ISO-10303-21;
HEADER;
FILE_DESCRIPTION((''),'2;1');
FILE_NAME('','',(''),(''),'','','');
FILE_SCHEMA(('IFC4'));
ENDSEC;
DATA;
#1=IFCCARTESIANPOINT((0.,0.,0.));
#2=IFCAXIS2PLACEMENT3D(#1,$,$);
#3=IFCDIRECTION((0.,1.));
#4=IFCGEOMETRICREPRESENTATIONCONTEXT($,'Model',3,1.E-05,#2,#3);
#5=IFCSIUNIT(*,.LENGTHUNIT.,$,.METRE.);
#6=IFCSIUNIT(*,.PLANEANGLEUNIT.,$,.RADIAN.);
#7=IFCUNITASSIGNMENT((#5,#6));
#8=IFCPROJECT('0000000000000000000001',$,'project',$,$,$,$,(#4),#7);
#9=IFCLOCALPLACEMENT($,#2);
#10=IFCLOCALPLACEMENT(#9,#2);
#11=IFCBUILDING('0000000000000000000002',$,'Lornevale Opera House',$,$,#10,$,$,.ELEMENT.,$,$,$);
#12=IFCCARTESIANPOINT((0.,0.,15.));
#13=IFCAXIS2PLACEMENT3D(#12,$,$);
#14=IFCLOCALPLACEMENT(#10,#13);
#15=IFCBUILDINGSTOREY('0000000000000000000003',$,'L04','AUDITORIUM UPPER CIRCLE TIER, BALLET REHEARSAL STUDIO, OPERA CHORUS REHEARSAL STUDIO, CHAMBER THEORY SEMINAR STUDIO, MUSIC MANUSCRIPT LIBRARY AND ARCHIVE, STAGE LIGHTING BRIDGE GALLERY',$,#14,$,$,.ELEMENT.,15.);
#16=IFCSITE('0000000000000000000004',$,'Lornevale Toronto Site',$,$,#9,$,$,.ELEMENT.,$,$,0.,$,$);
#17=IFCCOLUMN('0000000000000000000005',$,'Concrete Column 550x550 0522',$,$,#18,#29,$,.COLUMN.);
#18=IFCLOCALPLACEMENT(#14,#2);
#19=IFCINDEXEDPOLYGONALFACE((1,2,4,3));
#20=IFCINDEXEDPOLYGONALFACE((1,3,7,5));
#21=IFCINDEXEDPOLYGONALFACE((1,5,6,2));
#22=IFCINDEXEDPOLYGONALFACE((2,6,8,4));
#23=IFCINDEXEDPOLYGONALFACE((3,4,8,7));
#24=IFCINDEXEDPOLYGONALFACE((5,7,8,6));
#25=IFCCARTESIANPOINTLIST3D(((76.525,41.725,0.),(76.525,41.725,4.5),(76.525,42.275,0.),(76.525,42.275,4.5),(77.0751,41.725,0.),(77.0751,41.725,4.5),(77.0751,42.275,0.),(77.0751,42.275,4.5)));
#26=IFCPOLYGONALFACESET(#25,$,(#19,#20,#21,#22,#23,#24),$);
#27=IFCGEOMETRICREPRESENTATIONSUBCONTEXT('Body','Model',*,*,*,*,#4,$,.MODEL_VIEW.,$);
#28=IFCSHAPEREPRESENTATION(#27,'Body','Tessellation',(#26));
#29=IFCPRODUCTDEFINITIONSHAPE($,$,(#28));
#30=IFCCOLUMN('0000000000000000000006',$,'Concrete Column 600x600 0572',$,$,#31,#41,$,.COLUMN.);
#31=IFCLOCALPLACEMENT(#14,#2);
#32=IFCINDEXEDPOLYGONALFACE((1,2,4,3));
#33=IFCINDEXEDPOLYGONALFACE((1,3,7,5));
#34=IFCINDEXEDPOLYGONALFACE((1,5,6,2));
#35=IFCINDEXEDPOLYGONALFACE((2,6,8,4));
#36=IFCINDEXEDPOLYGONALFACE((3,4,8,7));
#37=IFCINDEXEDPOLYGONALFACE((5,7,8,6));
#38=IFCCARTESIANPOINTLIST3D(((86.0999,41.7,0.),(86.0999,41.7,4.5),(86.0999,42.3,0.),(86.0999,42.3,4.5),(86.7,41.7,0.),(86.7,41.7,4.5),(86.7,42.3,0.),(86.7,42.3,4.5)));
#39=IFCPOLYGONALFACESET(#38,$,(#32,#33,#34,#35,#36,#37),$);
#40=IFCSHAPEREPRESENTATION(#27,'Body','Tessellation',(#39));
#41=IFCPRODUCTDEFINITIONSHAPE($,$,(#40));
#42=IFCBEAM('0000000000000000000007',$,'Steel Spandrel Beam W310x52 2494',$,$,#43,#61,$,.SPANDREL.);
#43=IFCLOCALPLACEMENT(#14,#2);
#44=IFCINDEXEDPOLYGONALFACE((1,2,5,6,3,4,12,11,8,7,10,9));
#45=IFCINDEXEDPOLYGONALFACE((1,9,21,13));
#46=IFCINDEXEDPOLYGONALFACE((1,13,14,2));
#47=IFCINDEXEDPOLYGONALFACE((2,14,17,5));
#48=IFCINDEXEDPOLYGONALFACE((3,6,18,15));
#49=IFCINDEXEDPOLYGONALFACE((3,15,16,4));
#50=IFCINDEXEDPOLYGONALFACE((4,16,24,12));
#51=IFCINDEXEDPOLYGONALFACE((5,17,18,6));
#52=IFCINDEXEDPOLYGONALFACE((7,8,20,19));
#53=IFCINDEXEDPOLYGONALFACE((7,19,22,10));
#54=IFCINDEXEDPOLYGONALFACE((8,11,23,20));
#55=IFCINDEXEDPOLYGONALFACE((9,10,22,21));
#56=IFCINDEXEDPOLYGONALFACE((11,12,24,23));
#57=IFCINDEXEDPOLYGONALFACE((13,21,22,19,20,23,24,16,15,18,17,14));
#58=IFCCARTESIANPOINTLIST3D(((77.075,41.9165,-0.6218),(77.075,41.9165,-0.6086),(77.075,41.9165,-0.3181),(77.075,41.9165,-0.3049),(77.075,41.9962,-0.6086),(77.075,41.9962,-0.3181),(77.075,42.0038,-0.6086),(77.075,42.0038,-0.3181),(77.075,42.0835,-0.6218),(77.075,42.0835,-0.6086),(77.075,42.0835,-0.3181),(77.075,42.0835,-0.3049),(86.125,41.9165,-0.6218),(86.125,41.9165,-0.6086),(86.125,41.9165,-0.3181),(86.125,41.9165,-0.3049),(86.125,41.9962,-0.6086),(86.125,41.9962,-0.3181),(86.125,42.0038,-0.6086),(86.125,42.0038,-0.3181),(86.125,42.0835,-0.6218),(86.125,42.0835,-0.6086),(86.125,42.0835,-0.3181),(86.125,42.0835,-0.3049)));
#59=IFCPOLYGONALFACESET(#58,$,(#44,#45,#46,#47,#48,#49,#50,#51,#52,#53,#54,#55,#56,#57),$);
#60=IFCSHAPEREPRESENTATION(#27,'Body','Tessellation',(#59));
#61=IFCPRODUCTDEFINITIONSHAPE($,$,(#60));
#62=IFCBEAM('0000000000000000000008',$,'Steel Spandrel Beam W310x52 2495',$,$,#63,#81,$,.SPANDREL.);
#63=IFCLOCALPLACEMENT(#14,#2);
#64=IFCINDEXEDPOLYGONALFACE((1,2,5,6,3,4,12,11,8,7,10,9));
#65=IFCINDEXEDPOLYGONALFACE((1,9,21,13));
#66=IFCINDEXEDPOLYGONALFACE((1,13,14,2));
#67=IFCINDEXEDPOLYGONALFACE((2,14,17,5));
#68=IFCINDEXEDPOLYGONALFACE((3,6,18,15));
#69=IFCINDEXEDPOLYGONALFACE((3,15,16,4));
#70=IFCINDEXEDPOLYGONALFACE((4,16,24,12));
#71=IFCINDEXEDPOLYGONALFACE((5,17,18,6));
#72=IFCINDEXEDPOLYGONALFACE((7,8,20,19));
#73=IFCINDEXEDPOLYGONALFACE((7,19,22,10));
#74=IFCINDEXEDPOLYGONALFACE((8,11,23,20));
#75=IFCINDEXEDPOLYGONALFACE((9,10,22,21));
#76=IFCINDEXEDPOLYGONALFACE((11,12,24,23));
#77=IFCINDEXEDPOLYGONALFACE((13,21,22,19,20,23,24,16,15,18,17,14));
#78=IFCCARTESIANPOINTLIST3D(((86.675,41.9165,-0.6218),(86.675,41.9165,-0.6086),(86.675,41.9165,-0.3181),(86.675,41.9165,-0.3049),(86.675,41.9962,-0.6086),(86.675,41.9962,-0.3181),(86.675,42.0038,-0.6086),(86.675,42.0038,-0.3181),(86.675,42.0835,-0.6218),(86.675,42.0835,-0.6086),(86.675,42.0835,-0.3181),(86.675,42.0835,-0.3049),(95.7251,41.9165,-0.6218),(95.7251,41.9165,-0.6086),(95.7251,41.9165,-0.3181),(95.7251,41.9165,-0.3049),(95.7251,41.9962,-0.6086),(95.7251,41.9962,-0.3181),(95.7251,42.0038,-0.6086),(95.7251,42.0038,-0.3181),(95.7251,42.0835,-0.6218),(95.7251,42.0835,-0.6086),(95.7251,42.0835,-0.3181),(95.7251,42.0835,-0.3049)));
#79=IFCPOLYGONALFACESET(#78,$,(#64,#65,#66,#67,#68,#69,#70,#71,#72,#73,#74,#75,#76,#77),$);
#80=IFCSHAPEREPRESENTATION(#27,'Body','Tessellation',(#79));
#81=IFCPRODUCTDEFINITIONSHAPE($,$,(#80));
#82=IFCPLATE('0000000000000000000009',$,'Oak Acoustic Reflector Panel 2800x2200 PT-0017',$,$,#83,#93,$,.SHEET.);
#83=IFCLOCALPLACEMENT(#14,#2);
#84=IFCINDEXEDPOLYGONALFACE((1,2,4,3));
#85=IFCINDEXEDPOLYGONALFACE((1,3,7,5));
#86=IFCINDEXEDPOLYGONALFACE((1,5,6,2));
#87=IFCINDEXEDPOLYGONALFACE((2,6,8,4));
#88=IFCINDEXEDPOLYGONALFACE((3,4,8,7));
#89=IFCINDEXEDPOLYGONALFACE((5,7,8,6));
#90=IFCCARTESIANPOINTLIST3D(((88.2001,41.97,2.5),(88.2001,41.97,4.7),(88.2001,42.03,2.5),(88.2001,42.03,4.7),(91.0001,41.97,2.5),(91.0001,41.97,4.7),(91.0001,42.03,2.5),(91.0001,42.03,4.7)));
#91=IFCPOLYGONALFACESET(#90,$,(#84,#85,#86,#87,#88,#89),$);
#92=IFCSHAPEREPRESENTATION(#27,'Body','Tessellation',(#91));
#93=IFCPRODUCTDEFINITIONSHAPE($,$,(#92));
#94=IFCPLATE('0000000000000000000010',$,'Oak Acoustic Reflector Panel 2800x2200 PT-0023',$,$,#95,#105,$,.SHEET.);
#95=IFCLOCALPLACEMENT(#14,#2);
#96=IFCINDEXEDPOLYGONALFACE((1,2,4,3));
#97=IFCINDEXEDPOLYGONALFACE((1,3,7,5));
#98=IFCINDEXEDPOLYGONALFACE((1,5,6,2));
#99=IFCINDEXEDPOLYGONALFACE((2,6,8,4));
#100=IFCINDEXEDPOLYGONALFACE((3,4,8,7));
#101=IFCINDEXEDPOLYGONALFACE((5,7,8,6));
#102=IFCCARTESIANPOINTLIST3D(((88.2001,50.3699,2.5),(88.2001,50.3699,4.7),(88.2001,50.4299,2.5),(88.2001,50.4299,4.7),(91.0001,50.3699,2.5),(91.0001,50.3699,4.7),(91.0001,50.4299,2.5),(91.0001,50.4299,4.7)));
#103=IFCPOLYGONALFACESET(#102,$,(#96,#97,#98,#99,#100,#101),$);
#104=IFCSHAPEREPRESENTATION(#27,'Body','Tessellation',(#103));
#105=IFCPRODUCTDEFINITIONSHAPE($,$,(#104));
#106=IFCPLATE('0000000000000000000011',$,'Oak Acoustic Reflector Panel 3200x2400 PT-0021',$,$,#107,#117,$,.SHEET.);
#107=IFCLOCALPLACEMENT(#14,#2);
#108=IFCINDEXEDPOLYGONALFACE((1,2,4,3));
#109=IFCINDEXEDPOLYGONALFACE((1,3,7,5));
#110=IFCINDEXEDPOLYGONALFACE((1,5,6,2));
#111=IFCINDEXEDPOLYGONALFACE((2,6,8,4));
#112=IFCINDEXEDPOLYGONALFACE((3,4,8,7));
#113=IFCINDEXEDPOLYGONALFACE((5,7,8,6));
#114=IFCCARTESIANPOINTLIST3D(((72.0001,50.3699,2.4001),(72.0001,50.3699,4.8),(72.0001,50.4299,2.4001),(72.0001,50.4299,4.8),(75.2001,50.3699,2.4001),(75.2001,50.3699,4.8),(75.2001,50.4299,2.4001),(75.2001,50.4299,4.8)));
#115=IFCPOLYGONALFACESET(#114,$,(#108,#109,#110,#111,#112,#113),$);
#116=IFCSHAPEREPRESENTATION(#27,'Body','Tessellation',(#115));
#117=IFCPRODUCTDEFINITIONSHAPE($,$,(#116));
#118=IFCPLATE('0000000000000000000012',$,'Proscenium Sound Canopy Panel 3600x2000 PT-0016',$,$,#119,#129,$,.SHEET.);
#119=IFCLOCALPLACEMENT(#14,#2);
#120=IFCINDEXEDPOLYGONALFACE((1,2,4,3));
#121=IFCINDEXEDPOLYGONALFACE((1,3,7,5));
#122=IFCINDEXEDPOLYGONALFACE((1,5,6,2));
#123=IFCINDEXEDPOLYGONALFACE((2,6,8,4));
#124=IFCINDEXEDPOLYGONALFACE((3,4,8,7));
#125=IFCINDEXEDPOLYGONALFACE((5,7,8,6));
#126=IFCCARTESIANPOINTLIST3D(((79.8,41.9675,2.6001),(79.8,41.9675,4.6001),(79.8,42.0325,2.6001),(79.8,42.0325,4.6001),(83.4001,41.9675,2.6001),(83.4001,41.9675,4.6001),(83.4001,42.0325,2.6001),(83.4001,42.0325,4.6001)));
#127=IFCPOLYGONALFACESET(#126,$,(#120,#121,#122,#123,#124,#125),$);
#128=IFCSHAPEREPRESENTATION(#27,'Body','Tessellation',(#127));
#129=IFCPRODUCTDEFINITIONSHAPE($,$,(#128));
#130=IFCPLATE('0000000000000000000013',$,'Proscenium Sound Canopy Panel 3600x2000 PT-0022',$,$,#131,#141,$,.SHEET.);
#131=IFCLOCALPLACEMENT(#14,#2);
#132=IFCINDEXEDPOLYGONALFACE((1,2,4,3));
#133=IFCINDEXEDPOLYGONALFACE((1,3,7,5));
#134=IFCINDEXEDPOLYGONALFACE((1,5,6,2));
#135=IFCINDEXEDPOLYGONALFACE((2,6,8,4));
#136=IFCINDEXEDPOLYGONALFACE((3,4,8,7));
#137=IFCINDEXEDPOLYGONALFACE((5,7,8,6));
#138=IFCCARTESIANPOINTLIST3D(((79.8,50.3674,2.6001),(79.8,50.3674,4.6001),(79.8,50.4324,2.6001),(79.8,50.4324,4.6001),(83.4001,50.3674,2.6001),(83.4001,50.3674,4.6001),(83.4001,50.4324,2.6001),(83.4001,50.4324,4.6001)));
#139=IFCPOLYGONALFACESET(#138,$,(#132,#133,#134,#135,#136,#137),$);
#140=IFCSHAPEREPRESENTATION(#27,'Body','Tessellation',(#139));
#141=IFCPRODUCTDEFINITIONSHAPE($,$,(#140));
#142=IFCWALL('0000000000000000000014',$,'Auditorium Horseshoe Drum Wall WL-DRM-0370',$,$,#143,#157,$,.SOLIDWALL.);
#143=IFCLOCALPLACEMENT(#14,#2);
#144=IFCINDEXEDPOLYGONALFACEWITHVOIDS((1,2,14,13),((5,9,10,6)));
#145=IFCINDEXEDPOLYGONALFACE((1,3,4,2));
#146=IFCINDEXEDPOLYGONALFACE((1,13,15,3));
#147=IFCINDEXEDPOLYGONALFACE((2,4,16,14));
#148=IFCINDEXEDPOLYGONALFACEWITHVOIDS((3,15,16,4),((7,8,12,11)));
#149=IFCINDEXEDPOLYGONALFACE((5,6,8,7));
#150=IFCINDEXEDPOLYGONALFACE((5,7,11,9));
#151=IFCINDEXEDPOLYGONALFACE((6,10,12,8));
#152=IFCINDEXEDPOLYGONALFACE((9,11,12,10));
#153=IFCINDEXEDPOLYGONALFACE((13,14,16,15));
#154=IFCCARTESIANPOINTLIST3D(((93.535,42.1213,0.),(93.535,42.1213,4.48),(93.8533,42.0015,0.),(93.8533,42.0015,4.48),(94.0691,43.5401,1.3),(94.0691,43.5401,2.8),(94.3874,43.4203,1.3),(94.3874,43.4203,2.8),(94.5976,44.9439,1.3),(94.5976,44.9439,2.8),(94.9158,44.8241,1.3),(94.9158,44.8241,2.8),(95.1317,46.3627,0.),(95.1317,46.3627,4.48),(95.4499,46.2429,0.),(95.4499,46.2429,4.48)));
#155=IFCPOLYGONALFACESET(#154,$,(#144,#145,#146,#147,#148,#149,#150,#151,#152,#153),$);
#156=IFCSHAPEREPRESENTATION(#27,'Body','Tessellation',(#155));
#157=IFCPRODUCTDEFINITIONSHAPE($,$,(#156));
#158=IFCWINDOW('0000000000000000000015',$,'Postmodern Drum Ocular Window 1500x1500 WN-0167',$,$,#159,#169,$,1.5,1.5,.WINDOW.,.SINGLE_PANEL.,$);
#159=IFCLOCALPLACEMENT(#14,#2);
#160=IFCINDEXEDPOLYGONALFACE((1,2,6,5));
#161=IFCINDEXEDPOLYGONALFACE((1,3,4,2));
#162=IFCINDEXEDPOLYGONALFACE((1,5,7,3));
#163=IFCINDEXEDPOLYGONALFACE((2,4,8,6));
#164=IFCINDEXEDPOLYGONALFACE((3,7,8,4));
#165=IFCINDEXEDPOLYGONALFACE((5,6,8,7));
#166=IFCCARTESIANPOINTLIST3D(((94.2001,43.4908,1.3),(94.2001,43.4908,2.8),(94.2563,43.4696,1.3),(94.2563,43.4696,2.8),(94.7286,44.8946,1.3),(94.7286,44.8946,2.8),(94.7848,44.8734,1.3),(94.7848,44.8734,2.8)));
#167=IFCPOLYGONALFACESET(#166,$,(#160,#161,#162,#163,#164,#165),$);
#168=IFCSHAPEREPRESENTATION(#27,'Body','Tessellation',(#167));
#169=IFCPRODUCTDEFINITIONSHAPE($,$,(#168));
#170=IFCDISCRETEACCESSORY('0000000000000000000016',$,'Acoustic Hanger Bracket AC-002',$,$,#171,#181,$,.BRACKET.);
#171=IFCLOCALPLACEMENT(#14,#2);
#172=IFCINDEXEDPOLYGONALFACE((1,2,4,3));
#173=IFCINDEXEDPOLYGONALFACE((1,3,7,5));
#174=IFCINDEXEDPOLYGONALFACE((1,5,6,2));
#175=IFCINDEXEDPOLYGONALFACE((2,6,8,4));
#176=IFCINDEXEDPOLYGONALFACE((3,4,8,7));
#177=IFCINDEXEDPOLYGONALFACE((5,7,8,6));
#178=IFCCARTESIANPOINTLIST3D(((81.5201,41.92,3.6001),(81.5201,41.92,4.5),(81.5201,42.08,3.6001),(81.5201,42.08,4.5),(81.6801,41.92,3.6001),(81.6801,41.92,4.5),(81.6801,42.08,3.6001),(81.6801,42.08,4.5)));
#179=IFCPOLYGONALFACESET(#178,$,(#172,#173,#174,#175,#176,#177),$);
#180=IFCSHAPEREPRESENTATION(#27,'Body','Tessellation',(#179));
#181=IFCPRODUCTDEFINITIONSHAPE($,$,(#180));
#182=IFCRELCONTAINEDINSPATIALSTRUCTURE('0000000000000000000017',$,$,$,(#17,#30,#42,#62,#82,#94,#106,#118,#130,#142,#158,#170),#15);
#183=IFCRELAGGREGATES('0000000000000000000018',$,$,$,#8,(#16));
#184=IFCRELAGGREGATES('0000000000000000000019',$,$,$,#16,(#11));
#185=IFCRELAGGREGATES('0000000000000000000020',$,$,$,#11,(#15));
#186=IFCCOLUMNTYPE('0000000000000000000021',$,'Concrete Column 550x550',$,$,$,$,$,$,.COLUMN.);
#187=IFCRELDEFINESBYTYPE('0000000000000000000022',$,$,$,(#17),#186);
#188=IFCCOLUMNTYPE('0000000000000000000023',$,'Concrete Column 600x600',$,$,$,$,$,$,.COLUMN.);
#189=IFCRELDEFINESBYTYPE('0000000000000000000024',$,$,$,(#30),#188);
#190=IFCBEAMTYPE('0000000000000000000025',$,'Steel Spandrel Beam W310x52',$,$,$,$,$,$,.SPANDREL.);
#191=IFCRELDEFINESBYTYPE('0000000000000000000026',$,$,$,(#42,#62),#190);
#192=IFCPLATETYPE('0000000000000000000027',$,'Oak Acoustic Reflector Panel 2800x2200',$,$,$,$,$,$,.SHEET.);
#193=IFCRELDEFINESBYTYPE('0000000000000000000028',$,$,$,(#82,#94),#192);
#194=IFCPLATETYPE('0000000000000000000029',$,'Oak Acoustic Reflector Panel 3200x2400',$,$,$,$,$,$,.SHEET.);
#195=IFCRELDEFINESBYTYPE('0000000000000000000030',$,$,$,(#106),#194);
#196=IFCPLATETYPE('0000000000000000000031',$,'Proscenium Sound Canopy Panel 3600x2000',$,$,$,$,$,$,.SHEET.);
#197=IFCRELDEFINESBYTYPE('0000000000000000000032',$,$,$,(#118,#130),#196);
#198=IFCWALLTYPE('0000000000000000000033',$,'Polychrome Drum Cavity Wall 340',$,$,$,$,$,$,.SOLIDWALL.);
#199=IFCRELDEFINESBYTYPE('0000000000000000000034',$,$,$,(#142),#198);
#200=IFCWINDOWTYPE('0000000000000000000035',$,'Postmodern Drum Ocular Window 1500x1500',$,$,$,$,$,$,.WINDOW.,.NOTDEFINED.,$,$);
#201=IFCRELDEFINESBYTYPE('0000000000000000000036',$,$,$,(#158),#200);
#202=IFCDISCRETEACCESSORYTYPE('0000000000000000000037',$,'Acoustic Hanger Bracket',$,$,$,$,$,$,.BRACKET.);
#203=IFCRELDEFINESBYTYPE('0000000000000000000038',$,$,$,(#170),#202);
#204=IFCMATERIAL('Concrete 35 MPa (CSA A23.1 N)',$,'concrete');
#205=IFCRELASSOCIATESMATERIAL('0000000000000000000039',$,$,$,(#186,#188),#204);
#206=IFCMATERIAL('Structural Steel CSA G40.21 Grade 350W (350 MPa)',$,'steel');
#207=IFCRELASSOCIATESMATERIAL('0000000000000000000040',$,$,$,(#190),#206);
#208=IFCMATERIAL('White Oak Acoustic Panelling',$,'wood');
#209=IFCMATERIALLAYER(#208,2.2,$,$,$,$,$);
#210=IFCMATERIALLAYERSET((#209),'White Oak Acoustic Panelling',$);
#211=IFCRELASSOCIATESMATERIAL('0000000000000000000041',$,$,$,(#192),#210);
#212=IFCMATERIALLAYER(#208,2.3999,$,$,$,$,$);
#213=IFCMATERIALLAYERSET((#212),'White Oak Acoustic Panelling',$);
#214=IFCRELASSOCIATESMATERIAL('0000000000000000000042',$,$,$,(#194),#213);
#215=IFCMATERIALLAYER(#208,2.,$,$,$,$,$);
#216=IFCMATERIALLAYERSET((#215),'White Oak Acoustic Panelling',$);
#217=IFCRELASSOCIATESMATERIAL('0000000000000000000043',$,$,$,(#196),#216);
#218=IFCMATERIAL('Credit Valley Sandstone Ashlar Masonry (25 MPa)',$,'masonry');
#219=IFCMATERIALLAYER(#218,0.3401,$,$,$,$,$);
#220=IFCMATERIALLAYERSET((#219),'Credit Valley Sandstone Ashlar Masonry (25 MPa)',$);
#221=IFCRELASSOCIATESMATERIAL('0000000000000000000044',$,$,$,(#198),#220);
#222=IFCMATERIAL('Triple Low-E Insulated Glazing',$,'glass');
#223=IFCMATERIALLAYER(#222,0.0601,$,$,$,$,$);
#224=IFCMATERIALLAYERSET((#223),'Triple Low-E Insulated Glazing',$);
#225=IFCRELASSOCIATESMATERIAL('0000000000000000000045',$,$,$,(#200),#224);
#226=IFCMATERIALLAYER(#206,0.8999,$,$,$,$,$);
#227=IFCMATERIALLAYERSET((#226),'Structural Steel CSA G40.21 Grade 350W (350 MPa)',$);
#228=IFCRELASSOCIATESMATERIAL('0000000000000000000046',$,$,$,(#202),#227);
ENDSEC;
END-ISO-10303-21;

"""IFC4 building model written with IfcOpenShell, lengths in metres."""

from ifc_helpers import new_model, si_unit, direction, frame, frame_2d, origin, origin_2d, place, context, subcontext, project, spatial, rectangle, i_section, extrude, material, layer, layer_set, material_profile, profile_set, type_object, element, fill, save


model = new_model("IFC4")

# Units and contexts
model_context = context("Model", 3, precision=1e-05, world=origin(), true_north=direction((0.0, 1.0)))
body_context = subcontext(model_context, "Body", "Model", "MODEL_VIEW")
ifc_project = project(units=[si_unit("LENGTHUNIT", "METRE"), si_unit("PLANEANGLEUNIT", "RADIAN")], contexts=[model_context])

# Site, building, storey
site_placement = place(None, origin())
site = spatial("IfcSite", under=ifc_project, at=site_placement, Name="Lornevale Toronto Site", CompositionType="ELEMENT", RefElevation=0.0)
building_placement = place(site_placement, origin())
building = spatial("IfcBuilding", under=site, at=building_placement, Name="Lornevale Opera House", CompositionType="ELEMENT")
storey_placement = place(building_placement, frame((0.0, 0.0, 15.0)))
storey = spatial("IfcBuildingStorey", under=building, at=storey_placement, Name="L04", Description="AUDITORIUM UPPER CIRCLE TIER, BALLET REHEARSAL STUDIO, OPERA CHORUS REHEARSAL STUDIO, CHAMBER THEORY SEMINAR STUDIO, MUSIC MANUSCRIPT LIBRARY AND ARCHIVE, STAGE LIGHTING BRIDGE GALLERY", CompositionType="ELEMENT", Elevation=15.0)

# Columns
ifc_material_1 = material(Name="Concrete 35 MPa (CSA A23.1 N)", Category="concrete")
ifc_material_profile_1 = material_profile(ifc_material_1, rectangle(XDim=0.55, YDim=0.55, at=origin_2d()), Name="RC550x550")
ifc_profile_set_1 = profile_set([ifc_material_profile_1], Name="Concrete 35 MPa (CSA A23.1 N)")
column_type_1 = type_object("IfcColumnType", Name="Concrete Column 550x550", PredefinedType="COLUMN", material=ifc_profile_set_1)
column_1_placement = place(storey_placement, frame((76.8, 42.0, 0.0), z_axis=(0.0, 0.0, 1.0), x_axis=(1.0, 0.0, 0.0)))
element("IfcColumn", 1, at=column_1_placement, inside=storey, type_object=column_type_1, Name="Concrete Column 550x550 0522", PredefinedType="COLUMN", context=body_context, shape_type="SweptSolid", body=[
    extrude(rectangle(XDim=0.55, YDim=0.55, at=origin_2d()), origin(), (0.0, 0.0, 1.0), 4.5),
])
ifc_material_profile_2 = material_profile(ifc_material_1, rectangle(XDim=0.6001, YDim=0.6001, at=origin_2d()), Name="RC600x600")
ifc_profile_set_2 = profile_set([ifc_material_profile_2], Name="Concrete 35 MPa (CSA A23.1 N)")
column_type_2 = type_object("IfcColumnType", Name="Concrete Column 600x600", PredefinedType="COLUMN", material=ifc_profile_set_2)
column_2_placement = place(storey_placement, frame((86.3999, 42.0, 0.0), z_axis=(0.0, 0.0, 1.0), x_axis=(1.0, 0.0, 0.0)))
element("IfcColumn", 2, at=column_2_placement, inside=storey, type_object=column_type_2, Name="Concrete Column 600x600 0572", PredefinedType="COLUMN", context=body_context, shape_type="SweptSolid", body=[
    extrude(rectangle(XDim=0.6001, YDim=0.6001, at=origin_2d()), origin(), (0.0, 0.0, 1.0), 4.5),
])

# Beams
ifc_material_2 = material(Name="Structural Steel CSA G40.21 Grade 350W (350 MPa)", Category="steel")
ifc_material_profile_3 = material_profile(ifc_material_2, i_section(OverallWidth=0.167, OverallDepth=0.3169, WebThickness=0.0076, FlangeThickness=0.0132, at=origin_2d()), Name="W310x52")
ifc_profile_set_3 = profile_set([ifc_material_profile_3], Name="Structural Steel CSA G40.21 Grade 350W (350 MPa)")
beam_type = type_object("IfcBeamType", Name="Steel Spandrel Beam W310x52", PredefinedType="SPANDREL", material=ifc_profile_set_3)
for number, where, z_axis, x_axis, name in (
    (3, (77.075, 42.0, -0.4634), (1.0, 0.0, 0.0), (0.0, 1.0, 0.0), "Steel Spandrel Beam W310x52 2494"),
    (4, (86.675, 42.0, -0.4634), (1.0, 0.0, 0.0), (0.0, 1.0, 0.0), "Steel Spandrel Beam W310x52 2495"),
):
    element("IfcBeam", number, at=place(storey_placement, frame(where, z_axis=z_axis, x_axis=x_axis)), inside=storey, type_object=beam_type, Name=name, PredefinedType="SPANDREL", context=body_context, shape_type="SweptSolid", body=[
        extrude(i_section(OverallWidth=0.167, OverallDepth=0.3169, WebThickness=0.0076, FlangeThickness=0.0132, at=origin_2d()), origin(), (0.0, 0.0, 1.0), 9.05),
    ])

# Plates
ifc_material_3 = material(Name="White Oak Acoustic Panelling", Category="wood")
ifc_layer_1 = layer(ifc_material_3, 2.2)
ifc_layer_set_1 = layer_set([ifc_layer_1], Name="White Oak Acoustic Panelling")
plate_type_1 = type_object("IfcPlateType", Name="Oak Acoustic Reflector Panel 2800x2200", PredefinedType="SHEET", material=ifc_layer_set_1)
for number, where, z_axis, x_axis, name in (
    (5, (89.6001, 42.0, 2.5), (0.0, 0.0, 1.0), (1.0, 0.0, 0.0), "Oak Acoustic Reflector Panel 2800x2200 PT-0017"),
    (6, (89.6001, 50.3999, 2.5), (0.0, 0.0, 1.0), (1.0, 0.0, 0.0), "Oak Acoustic Reflector Panel 2800x2200 PT-0023"),
):
    element("IfcPlate", number, at=place(storey_placement, frame(where, z_axis=z_axis, x_axis=x_axis)), inside=storey, type_object=plate_type_1, Name=name, PredefinedType="SHEET", context=body_context, shape_type="SweptSolid", body=[
        extrude(rectangle(XDim=2.8, YDim=0.0601, at=origin_2d()), origin(), (0.0, 0.0, 1.0), 2.2),
    ])
ifc_layer_2 = layer(ifc_material_3, 2.3999)
ifc_layer_set_2 = layer_set([ifc_layer_2], Name="White Oak Acoustic Panelling")
plate_type_2 = type_object("IfcPlateType", Name="Oak Acoustic Reflector Panel 3200x2400", PredefinedType="SHEET", material=ifc_layer_set_2)
plate_placement = place(storey_placement, frame((73.6001, 50.3999, 2.4001), z_axis=(0.0, 0.0, 1.0), x_axis=(1.0, 0.0, 0.0)))
element("IfcPlate", 7, at=plate_placement, inside=storey, type_object=plate_type_2, Name="Oak Acoustic Reflector Panel 3200x2400 PT-0021", PredefinedType="SHEET", context=body_context, shape_type="SweptSolid", body=[
    extrude(rectangle(XDim=3.2, YDim=0.0601, at=origin_2d()), origin(), (0.0, 0.0, 1.0), 2.3999),
])
ifc_layer_3 = layer(ifc_material_3, 2.0)
ifc_layer_set_3 = layer_set([ifc_layer_3], Name="White Oak Acoustic Panelling")
plate_type_3 = type_object("IfcPlateType", Name="Proscenium Sound Canopy Panel 3600x2000", PredefinedType="SHEET", material=ifc_layer_set_3)
for number, where, z_axis, x_axis, name in (
    (8, (81.6001, 42.0, 2.6001), (0.0, 0.0, 1.0), (1.0, 0.0, 0.0), "Proscenium Sound Canopy Panel 3600x2000 PT-0016"),
    (9, (81.6001, 50.3999, 2.6001), (0.0, 0.0, 1.0), (1.0, 0.0, 0.0), "Proscenium Sound Canopy Panel 3600x2000 PT-0022"),
):
    element("IfcPlate", number, at=place(storey_placement, frame(where, z_axis=z_axis, x_axis=x_axis)), inside=storey, type_object=plate_type_3, Name=name, PredefinedType="SHEET", context=body_context, shape_type="SweptSolid", body=[
        extrude(rectangle(XDim=3.6001, YDim=0.0649, at=origin_2d()), origin(), (0.0, 0.0, 1.0), 2.0),
    ])

# Wall, opening, window
ifc_material_4 = material(Name="Credit Valley Sandstone Ashlar Masonry (25 MPa)", Category="masonry")
ifc_layer_4 = layer(ifc_material_4, 0.3401)
ifc_layer_set_4 = layer_set([ifc_layer_4], Name="Credit Valley Sandstone Ashlar Masonry (25 MPa)")
wall_type = type_object("IfcWallType", Name="Polychrome Drum Cavity Wall 340", PredefinedType="SOLIDWALL", material=ifc_layer_set_4)
wall_placement = place(storey_placement, frame((93.6941, 42.0613, 0.0), z_axis=(0.0, 0.0, 1.0), x_axis=(0.35231, 0.935883, 0.0)))
wall = element("IfcWall", 10, at=wall_placement, inside=storey, type_object=wall_type, Name="Auditorium Horseshoe Drum Wall WL-DRM-0370", PredefinedType="SOLIDWALL", context=body_context, shape_type="SweptSolid", body=[
    extrude(rectangle(XDim=4.532, YDim=0.3401, at=frame_2d((2.2661, 0.0))), origin(), (0.0, 0.0, 1.0), 4.48),
])
opening_placement = place(wall_placement, frame((1.5161, 0.0, 1.3)))
opening = element("IfcOpeningElement", 11, at=opening_placement, cuts=wall, PredefinedType="OPENING", context=body_context, shape_type="SweptSolid", body=[
    extrude(rectangle(XDim=1.5, YDim=1.5, at=frame_2d((0.75, 0.75))), frame((0.0, 0.1799, 0.0), z_axis=(0.0, -1.0, 0.0), x_axis=(1.0, 0.0, 0.0)), (0.0, 0.0, 1.0), 0.3601),
])
ifc_material_5 = material(Name="Triple Low-E Insulated Glazing", Category="glass")
ifc_layer_5 = layer(ifc_material_5, 0.0601)
ifc_layer_set_5 = layer_set([ifc_layer_5], Name="Triple Low-E Insulated Glazing")
window_type = type_object("IfcWindowType", Name="Postmodern Drum Ocular Window 1500x1500", PartitioningType="NOTDEFINED", PredefinedType="WINDOW", material=ifc_layer_set_5)
window_placement = place(opening_placement, origin())
window = element("IfcWindow", 12, at=window_placement, inside=storey, type_object=window_type, Name="Postmodern Drum Ocular Window 1500x1500 WN-0167", OverallHeight=1.5, OverallWidth=1.5, PartitioningType="SINGLE_PANEL", PredefinedType="WINDOW", context=body_context, shape_type="SweptSolid", body=[
    extrude(rectangle(XDim=1.5, YDim=1.5, at=frame_2d((0.75, 0.75))), frame((0.0, 0.03, 0.0), z_axis=(0.0, -1.0, 0.0), x_axis=(1.0, 0.0, 0.0)), (0.0, 0.0, 1.0), 0.0601),
])
fill(opening, window)

# Discrete accessory
ifc_layer_6 = layer(ifc_material_2, 0.8999)
ifc_layer_set_6 = layer_set([ifc_layer_6], Name="Structural Steel CSA G40.21 Grade 350W (350 MPa)")
discrete_accessory_type = type_object("IfcDiscreteAccessoryType", Name="Acoustic Hanger Bracket", PredefinedType="BRACKET", material=ifc_layer_set_6)
for number, where, z_axis, x_axis, name in (
    (13, (81.6001, 42.0, 3.6001), (0.0, 0.0, 1.0), (1.0, 0.0, 0.0), "Acoustic Hanger Bracket AC-002"),
):
    element("IfcDiscreteAccessory", number, at=place(storey_placement, frame(where, z_axis=z_axis, x_axis=x_axis)), inside=storey, type_object=discrete_accessory_type, Name=name, PredefinedType="BRACKET", context=body_context, shape_type="SweptSolid", body=[
        extrude(rectangle(XDim=0.1599, YDim=0.1599, at=origin_2d()), origin(), (0.0, 0.0, 1.0), 0.8999),
    ])

save(model, "model.ifc")
